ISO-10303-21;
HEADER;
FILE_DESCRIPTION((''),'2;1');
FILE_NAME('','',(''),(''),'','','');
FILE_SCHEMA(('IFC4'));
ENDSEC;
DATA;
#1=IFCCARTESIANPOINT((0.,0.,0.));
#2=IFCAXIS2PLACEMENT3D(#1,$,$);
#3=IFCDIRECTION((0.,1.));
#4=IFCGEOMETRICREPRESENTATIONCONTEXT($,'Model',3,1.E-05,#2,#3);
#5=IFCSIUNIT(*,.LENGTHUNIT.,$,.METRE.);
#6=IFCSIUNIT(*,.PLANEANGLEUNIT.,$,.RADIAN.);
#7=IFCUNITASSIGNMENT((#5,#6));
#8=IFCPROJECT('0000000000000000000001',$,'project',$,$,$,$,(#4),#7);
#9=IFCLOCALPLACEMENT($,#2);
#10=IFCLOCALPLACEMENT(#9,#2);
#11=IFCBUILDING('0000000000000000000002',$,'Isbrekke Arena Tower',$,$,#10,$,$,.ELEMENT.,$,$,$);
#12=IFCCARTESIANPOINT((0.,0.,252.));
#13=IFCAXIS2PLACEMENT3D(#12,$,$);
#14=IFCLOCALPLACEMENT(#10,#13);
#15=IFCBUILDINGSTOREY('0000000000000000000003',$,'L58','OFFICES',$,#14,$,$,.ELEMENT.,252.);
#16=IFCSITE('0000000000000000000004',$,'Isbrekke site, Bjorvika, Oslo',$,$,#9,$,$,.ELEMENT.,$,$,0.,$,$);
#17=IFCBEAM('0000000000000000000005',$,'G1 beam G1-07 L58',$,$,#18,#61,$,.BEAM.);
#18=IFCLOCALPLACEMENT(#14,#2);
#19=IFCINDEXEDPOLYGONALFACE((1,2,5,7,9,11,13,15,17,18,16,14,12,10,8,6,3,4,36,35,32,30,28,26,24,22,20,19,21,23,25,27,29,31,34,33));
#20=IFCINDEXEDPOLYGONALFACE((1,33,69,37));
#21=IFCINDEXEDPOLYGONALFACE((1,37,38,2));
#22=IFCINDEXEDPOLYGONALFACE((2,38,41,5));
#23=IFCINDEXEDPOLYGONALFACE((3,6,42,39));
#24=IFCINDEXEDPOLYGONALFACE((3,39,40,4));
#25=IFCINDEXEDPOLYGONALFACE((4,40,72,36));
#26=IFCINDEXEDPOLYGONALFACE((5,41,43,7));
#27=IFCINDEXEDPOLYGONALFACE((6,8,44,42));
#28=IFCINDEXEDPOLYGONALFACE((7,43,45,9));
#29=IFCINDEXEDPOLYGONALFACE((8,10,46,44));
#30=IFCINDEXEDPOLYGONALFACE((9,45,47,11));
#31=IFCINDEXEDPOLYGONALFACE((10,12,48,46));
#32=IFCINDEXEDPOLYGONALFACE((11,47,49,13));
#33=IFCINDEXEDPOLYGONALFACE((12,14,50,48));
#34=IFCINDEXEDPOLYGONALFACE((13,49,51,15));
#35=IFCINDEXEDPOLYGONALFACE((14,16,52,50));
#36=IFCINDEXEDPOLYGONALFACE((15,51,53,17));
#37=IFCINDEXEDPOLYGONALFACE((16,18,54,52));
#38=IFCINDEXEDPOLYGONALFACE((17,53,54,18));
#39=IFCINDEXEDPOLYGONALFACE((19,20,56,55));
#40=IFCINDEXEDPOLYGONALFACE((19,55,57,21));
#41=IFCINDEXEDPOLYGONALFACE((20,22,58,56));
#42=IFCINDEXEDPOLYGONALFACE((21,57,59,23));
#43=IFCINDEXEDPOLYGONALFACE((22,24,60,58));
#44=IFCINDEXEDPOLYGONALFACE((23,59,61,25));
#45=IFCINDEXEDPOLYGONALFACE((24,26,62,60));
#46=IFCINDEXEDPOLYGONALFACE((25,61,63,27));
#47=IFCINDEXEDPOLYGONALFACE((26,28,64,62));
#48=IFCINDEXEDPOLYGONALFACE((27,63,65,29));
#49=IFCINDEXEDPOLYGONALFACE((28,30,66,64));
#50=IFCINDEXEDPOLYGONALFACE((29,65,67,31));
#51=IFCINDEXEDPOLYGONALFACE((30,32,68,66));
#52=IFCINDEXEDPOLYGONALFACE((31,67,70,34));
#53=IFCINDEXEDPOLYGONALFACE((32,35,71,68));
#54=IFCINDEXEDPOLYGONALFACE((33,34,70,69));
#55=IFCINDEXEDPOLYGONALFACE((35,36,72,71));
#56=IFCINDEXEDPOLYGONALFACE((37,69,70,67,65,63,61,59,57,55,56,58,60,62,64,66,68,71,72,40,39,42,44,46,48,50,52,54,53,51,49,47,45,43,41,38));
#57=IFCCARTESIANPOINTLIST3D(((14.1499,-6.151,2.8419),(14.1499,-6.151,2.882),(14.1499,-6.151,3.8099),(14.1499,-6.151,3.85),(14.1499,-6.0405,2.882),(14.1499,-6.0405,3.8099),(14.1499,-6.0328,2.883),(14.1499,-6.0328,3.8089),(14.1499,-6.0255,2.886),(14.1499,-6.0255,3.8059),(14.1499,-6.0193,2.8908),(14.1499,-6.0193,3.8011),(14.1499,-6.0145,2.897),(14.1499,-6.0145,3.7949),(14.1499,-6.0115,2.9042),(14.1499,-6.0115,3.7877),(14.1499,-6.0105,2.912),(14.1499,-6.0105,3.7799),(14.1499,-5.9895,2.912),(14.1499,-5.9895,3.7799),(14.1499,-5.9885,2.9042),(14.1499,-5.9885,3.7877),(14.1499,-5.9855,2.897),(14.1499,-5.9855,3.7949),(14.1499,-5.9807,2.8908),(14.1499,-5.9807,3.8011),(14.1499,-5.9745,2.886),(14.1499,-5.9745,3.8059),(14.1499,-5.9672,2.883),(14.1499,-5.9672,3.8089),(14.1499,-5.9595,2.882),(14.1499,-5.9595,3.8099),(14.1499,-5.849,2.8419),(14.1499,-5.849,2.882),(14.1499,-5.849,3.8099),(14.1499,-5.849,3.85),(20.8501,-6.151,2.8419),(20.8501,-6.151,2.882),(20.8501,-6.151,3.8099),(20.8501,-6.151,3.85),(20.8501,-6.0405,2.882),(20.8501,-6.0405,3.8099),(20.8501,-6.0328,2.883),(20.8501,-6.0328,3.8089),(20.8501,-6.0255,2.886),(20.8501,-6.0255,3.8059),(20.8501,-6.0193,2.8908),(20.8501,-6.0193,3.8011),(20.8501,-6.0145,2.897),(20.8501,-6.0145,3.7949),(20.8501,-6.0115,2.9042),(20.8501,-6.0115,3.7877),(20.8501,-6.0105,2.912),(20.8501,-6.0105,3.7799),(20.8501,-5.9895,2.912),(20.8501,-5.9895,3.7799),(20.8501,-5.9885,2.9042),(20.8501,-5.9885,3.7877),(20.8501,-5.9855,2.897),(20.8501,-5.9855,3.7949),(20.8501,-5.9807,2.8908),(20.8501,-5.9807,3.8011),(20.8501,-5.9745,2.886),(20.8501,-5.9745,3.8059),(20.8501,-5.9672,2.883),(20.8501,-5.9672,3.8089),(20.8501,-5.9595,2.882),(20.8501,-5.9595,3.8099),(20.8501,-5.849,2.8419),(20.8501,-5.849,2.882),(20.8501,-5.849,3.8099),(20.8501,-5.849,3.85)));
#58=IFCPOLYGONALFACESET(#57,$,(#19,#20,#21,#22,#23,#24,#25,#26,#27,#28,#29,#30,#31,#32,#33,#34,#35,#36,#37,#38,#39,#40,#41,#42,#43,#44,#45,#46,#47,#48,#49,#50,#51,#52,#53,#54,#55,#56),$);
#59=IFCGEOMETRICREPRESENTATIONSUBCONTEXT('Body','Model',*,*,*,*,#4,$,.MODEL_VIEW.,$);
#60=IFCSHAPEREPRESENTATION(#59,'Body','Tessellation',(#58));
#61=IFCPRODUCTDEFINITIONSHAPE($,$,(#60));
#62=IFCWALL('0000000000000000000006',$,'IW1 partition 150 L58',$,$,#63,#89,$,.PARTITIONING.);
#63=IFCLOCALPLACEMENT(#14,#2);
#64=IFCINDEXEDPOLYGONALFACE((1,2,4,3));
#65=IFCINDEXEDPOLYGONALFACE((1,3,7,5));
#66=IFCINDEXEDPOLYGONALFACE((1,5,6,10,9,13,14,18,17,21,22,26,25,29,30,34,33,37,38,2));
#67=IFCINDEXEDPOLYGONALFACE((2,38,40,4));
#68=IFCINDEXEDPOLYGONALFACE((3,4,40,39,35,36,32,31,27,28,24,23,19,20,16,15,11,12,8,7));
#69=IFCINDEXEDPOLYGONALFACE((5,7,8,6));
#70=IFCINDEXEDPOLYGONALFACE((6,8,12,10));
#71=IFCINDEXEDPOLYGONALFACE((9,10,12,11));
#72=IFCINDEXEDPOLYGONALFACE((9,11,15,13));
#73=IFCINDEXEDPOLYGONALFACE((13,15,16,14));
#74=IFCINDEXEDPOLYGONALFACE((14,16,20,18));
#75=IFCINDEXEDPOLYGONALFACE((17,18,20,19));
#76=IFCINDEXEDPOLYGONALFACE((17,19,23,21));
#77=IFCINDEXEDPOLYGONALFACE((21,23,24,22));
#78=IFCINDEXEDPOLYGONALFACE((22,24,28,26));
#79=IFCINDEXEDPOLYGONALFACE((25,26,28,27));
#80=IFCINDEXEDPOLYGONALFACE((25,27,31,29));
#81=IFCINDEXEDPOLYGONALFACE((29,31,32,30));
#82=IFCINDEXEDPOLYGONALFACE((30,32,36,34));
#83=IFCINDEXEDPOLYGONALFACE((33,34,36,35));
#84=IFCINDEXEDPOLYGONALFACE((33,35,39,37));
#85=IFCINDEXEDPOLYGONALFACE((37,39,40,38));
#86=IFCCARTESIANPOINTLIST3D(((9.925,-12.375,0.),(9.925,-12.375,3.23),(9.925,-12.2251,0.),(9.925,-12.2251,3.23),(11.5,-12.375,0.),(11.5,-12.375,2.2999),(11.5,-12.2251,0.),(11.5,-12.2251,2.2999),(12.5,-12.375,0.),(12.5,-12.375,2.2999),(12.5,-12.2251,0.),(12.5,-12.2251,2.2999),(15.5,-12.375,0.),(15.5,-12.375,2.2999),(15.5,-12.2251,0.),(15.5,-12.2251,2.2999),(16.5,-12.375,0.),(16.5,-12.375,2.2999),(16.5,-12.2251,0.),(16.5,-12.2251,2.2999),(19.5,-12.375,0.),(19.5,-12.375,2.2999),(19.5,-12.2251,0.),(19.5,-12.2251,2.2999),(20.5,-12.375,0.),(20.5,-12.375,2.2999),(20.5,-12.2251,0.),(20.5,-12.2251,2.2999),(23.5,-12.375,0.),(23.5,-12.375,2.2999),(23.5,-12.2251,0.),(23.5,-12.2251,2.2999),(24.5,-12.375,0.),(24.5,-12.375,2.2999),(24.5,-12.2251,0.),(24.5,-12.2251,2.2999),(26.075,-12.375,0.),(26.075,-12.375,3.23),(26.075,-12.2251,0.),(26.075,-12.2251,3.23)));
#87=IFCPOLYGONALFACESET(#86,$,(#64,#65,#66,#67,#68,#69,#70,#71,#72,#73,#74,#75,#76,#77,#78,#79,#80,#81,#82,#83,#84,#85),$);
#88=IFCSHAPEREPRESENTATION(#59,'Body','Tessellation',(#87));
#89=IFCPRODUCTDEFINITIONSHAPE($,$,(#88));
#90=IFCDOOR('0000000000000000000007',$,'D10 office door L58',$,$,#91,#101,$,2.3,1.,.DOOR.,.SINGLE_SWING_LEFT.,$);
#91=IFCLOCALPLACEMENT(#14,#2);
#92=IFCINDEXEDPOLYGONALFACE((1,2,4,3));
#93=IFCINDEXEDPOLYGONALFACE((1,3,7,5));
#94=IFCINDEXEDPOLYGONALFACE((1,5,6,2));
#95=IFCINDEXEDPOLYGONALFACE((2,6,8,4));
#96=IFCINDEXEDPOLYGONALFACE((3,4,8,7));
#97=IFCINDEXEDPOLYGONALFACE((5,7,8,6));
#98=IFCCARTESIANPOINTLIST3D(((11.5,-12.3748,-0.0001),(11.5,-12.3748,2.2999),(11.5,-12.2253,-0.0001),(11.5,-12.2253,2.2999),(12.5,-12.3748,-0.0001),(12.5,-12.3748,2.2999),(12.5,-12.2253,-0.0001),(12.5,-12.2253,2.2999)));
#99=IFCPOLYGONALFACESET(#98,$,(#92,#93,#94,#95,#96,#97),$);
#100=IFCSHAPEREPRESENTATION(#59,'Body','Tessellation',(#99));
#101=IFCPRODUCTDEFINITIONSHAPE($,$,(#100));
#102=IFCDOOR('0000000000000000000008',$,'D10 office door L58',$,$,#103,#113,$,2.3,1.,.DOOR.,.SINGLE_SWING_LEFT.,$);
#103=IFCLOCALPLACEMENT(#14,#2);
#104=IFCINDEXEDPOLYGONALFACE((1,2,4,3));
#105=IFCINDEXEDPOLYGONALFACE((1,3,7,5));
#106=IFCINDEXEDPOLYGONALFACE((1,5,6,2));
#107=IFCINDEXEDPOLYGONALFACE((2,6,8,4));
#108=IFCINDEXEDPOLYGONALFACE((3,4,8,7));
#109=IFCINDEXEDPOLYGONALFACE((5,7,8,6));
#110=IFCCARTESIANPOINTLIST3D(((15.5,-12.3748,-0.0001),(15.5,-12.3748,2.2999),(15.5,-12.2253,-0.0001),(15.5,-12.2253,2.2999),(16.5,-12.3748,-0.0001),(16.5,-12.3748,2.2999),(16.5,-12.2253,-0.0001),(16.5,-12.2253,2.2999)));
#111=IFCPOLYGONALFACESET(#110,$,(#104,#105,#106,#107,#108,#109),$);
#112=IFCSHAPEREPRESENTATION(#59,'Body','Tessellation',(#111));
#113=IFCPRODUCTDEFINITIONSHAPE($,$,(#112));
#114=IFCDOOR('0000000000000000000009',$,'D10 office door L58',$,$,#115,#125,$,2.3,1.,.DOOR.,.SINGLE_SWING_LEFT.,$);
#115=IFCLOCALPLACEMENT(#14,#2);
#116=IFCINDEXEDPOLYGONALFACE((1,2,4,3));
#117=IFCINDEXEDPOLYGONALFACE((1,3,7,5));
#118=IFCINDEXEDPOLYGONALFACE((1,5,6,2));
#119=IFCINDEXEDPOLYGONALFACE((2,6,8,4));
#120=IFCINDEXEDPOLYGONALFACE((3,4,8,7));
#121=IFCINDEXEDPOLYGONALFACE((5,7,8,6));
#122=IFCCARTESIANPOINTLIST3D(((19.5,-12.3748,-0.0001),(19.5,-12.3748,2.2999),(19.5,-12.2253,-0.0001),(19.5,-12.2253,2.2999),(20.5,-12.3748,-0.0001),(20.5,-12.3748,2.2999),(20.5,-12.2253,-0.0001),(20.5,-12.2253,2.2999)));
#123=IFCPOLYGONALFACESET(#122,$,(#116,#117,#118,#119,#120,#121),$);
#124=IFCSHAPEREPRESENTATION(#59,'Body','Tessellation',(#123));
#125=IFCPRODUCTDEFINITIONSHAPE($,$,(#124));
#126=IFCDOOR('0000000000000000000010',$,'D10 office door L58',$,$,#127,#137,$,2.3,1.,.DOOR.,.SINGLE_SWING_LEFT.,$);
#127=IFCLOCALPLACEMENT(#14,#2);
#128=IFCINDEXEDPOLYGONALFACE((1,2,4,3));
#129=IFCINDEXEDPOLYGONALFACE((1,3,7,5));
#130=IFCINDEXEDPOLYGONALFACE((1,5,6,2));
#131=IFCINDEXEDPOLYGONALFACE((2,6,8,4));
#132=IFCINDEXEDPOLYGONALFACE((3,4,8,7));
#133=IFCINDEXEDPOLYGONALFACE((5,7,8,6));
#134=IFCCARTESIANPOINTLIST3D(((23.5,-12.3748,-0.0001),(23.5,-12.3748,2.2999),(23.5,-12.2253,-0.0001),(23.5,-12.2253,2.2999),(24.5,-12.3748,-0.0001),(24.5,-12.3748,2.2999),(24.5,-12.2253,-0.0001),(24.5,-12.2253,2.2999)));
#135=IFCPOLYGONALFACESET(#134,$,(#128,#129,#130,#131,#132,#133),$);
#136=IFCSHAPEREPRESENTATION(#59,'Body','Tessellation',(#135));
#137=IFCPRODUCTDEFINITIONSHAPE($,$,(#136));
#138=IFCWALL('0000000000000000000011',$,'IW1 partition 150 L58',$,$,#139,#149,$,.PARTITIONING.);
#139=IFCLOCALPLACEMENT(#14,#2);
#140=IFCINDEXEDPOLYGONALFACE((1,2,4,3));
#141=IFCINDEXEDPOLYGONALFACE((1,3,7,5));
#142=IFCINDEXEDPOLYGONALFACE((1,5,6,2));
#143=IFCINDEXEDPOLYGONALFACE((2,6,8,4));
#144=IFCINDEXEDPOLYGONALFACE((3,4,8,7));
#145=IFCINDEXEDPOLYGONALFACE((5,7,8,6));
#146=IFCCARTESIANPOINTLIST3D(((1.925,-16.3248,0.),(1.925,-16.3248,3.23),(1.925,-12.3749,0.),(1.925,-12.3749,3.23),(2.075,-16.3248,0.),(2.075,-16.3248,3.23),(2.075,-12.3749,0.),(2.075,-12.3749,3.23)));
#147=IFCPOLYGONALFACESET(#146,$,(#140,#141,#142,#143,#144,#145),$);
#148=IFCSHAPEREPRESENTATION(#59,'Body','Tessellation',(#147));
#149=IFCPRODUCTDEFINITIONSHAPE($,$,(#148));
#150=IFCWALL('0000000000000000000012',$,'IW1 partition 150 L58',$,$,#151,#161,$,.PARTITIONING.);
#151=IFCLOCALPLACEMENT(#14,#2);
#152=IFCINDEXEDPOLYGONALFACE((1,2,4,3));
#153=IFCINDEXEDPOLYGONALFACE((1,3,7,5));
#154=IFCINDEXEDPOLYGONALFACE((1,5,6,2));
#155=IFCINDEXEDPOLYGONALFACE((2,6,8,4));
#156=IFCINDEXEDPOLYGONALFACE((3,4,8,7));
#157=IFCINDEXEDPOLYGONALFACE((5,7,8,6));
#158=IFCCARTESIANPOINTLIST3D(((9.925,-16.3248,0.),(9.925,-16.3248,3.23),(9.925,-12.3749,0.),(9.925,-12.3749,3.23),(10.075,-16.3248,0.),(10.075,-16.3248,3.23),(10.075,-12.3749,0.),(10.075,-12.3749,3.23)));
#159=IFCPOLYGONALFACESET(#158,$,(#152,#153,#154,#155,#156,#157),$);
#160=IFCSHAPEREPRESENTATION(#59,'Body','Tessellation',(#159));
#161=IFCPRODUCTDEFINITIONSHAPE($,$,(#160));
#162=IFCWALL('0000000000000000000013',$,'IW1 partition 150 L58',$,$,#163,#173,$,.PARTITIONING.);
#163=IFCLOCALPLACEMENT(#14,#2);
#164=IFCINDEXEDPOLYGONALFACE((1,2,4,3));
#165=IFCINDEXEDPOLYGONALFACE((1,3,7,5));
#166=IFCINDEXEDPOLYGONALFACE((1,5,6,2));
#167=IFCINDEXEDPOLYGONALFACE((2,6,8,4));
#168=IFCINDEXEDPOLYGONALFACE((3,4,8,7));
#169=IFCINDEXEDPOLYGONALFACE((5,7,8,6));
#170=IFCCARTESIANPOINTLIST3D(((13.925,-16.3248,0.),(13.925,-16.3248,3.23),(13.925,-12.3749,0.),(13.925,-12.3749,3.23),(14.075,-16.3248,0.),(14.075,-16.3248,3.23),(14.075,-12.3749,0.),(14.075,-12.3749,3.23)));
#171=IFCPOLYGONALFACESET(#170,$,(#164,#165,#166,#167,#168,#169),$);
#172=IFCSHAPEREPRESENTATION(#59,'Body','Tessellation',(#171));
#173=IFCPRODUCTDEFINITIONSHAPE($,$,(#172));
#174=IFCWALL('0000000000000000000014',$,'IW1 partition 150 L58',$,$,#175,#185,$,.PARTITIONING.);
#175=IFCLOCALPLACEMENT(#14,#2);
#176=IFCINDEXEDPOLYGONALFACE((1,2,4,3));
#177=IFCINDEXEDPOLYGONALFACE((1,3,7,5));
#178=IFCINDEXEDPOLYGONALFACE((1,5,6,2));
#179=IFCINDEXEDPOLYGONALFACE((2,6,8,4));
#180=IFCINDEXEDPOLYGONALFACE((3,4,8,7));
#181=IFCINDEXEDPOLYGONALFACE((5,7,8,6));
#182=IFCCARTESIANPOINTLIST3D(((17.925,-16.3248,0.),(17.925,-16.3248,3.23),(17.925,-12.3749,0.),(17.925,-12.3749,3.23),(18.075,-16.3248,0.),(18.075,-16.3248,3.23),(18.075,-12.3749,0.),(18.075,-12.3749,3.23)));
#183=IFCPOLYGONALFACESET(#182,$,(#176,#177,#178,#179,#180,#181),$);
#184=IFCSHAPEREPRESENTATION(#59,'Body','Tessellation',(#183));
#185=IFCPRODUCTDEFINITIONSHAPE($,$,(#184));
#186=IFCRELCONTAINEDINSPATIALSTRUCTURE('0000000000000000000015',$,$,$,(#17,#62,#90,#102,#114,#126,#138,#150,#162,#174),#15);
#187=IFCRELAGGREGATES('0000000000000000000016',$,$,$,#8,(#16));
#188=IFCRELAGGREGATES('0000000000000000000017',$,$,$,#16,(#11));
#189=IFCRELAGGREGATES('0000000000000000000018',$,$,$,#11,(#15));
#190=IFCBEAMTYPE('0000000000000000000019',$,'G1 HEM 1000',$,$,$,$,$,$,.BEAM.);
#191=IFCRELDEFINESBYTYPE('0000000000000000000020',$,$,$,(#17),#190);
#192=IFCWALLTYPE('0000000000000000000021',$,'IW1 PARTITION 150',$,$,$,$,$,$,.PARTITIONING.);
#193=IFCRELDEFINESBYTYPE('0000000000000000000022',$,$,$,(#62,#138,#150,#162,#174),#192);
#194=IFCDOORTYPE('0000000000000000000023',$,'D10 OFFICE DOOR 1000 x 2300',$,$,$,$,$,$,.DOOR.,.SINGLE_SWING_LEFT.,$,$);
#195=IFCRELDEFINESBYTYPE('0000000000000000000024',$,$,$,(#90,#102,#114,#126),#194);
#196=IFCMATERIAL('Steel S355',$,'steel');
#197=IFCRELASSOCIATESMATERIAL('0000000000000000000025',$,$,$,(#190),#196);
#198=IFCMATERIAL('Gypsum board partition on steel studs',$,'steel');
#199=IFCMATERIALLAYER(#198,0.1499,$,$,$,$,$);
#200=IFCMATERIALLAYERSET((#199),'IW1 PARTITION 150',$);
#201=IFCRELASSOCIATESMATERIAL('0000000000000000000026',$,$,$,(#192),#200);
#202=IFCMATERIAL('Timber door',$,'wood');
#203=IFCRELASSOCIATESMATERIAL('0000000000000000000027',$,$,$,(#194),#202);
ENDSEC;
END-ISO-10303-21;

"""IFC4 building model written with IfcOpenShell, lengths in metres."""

from ifc_helpers import new_model, si_unit, direction, frame, frame_2d, origin, origin_2d, place, context, subcontext, project, spatial, rectangle, i_section, extrude, material, layer, layer_set, material_profile, profile_set, type_object, element, fill, save


model = new_model("IFC4")

# Units and contexts
model_context = context("Model", 3, precision=1e-05, world=origin(), true_north=direction((0.0, 1.0)))
body_context = subcontext(model_context, "Body", "Model", "MODEL_VIEW")
ifc_project = project(units=[si_unit("LENGTHUNIT", "METRE"), si_unit("PLANEANGLEUNIT", "RADIAN")], contexts=[model_context])

# Site, building, storey
site_placement = place(None, origin())
site = spatial("IfcSite", under=ifc_project, at=site_placement, Name="Isbrekke site, Bjorvika, Oslo", CompositionType="ELEMENT", RefElevation=0.0)
building_placement = place(site_placement, origin())
building = spatial("IfcBuilding", under=site, at=building_placement, Name="Isbrekke Arena Tower", CompositionType="ELEMENT")
storey_placement = place(building_placement, frame((0.0, 0.0, 252.0)))
storey = spatial("IfcBuildingStorey", under=building, at=storey_placement, Name="L58", Description="OFFICES", CompositionType="ELEMENT", Elevation=252.0)

# Beam
ifc_material_1 = material(Name="Steel S355", Category="steel")
ifc_material_profile_1 = material_profile(ifc_material_1, i_section(OverallWidth=0.302, OverallDepth=1.0081, WebThickness=0.021, FlangeThickness=0.04, FilletRadius=0.03, at=origin_2d()), Name="HEM 1000")
ifc_profile_set_1 = profile_set([ifc_material_profile_1], Name="Steel S355")
beam_type_1 = type_object("IfcBeamType", Name="G1 HEM 1000", PredefinedType="BEAM", material=ifc_profile_set_1)
for number, where, z_axis, x_axis, name in (
    (1, (14.1499, -6.0, 3.3459), (1.0, 0.0, 0.0), (0.0, 1.0, 0.0), "G1 beam G1-07 L58"),
):
    element("IfcBeam", number, at=place(storey_placement, frame(where, z_axis=z_axis, x_axis=x_axis)), inside=storey, type_object=beam_type_1, Name=name, PredefinedType="BEAM", context=body_context, shape_type="SweptSolid", body=[
        extrude(i_section(OverallWidth=0.302, OverallDepth=1.0081, WebThickness=0.021, FlangeThickness=0.04, FilletRadius=0.03, at=origin_2d()), origin(), (0.0, 0.0, 1.0), 6.7002),
    ])

# Wall, openings, doors
ifc_material_2 = material(Name="Gypsum board partition on steel studs", Category="steel")
ifc_layer_1 = layer(ifc_material_2, 0.1499)
ifc_layer_set_1 = layer_set([ifc_layer_1], Name="IW1 PARTITION 150")
wall_type_1 = type_object("IfcWallType", Name="IW1 PARTITION 150", PredefinedType="PARTITIONING", material=ifc_layer_set_1)
wall_1_placement = place(storey_placement, frame((9.925, -12.3, 0.0), z_axis=(0.0, 0.0, 1.0), x_axis=(1.0, 0.0, 0.0)))
wall_1 = element("IfcWall", 2, at=wall_1_placement, inside=storey, type_object=wall_type_1, Name="IW1 partition 150 L58", PredefinedType="PARTITIONING", context=body_context, shape_type="SweptSolid", body=[
    extrude(rectangle(XDim=16.1499, YDim=0.1499, at=frame_2d((8.075, 0.0))), origin(), (0.0, 0.0, 1.0), 3.23),
])
opening_1_placement = place(wall_1_placement, frame((1.575, 0.0, 0.0)))
opening_1 = element("IfcOpeningElement", 3, at=opening_1_placement, cuts=wall_1, PredefinedType="OPENING", context=body_context, shape_type="SweptSolid", body=[
    extrude(rectangle(XDim=1.0, YDim=2.3, at=frame_2d((0.5, 1.1499))), frame((0.0, 0.0898, 0.0), z_axis=(0.0, -1.0, 0.0), x_axis=(1.0, 0.0, 0.0)), (0.0, 0.0, 1.0), 0.1797),
])
opening_2_placement = place(wall_1_placement, frame((5.575, 0.0, 0.0)))
opening_2 = element("IfcOpeningElement", 4, at=opening_2_placement, cuts=wall_1, PredefinedType="OPENING", context=body_context, shape_type="SweptSolid", body=[
    extrude(rectangle(XDim=1.0, YDim=2.3, at=frame_2d((0.5, 1.1499))), frame((0.0, 0.0898, 0.0), z_axis=(0.0, -1.0, 0.0), x_axis=(1.0, 0.0, 0.0)), (0.0, 0.0, 1.0), 0.1797),
])
opening_3_placement = place(wall_1_placement, frame((9.575, 0.0, 0.0)))
opening_3 = element("IfcOpeningElement", 5, at=opening_3_placement, cuts=wall_1, PredefinedType="OPENING", context=body_context, shape_type="SweptSolid", body=[
    extrude(rectangle(XDim=1.0, YDim=2.3, at=frame_2d((0.5, 1.1499))), frame((0.0, 0.0898, 0.0), z_axis=(0.0, -1.0, 0.0), x_axis=(1.0, 0.0, 0.0)), (0.0, 0.0, 1.0), 0.1797),
])
opening_4_placement = place(wall_1_placement, frame((13.575, 0.0, 0.0)))
opening_4 = element("IfcOpeningElement", 6, at=opening_4_placement, cuts=wall_1, PredefinedType="OPENING", context=body_context, shape_type="SweptSolid", body=[
    extrude(rectangle(XDim=1.0, YDim=2.3, at=frame_2d((0.5, 1.1499))), frame((0.0, 0.0898, 0.0), z_axis=(0.0, -1.0, 0.0), x_axis=(1.0, 0.0, 0.0)), (0.0, 0.0, 1.0), 0.1797),
])
ifc_material_3 = material(Name="Timber door", Category="wood")
door_type_1 = type_object("IfcDoorType", Name="D10 OFFICE DOOR 1000 x 2300", OperationType="SINGLE_SWING_LEFT", PredefinedType="DOOR", material=ifc_material_3)
door_1_placement = place(opening_1_placement, origin())
door_1 = element("IfcDoor", 7, at=door_1_placement, inside=storey, type_object=door_type_1, Name="D10 office door L58", OperationType="SINGLE_SWING_LEFT", OverallHeight=2.3, OverallWidth=1.0, PredefinedType="DOOR", context=body_context, shape_type="SweptSolid", body=[
    extrude(rectangle(XDim=1.0, YDim=2.3, at=frame_2d((0.5, 1.1499))), frame((0.0, 0.0747, 0.0), z_axis=(0.0, -1.0, 0.0), x_axis=(1.0, 0.0, 0.0)), (0.0, 0.0, 1.0), 0.1494),
])
fill(opening_1, door_1)
door_2_placement = place(opening_2_placement, origin())
door_2 = element("IfcDoor", 8, at=door_2_placement, inside=storey, type_object=door_type_1, Name="D10 office door L58", OperationType="SINGLE_SWING_LEFT", OverallHeight=2.3, OverallWidth=1.0, PredefinedType="DOOR", context=body_context, shape_type="SweptSolid", body=[
    extrude(rectangle(XDim=1.0, YDim=2.3, at=frame_2d((0.5, 1.1499))), frame((0.0, 0.0747, 0.0), z_axis=(0.0, -1.0, 0.0), x_axis=(1.0, 0.0, 0.0)), (0.0, 0.0, 1.0), 0.1494),
])
fill(opening_2, door_2)
door_3_placement = place(opening_3_placement, origin())
door_3 = element("IfcDoor", 9, at=door_3_placement, inside=storey, type_object=door_type_1, Name="D10 office door L58", OperationType="SINGLE_SWING_LEFT", OverallHeight=2.3, OverallWidth=1.0, PredefinedType="DOOR", context=body_context, shape_type="SweptSolid", body=[
    extrude(rectangle(XDim=1.0, YDim=2.3, at=frame_2d((0.5, 1.1499))), frame((0.0, 0.0747, 0.0), z_axis=(0.0, -1.0, 0.0), x_axis=(1.0, 0.0, 0.0)), (0.0, 0.0, 1.0), 0.1494),
])
fill(opening_3, door_3)
door_4_placement = place(opening_4_placement, origin())
door_4 = element("IfcDoor", 10, at=door_4_placement, inside=storey, type_object=door_type_1, Name="D10 office door L58", OperationType="SINGLE_SWING_LEFT", OverallHeight=2.3, OverallWidth=1.0, PredefinedType="DOOR", context=body_context, shape_type="SweptSolid", body=[
    extrude(rectangle(XDim=1.0, YDim=2.3, at=frame_2d((0.5, 1.1499))), frame((0.0, 0.0747, 0.0), z_axis=(0.0, -1.0, 0.0), x_axis=(1.0, 0.0, 0.0)), (0.0, 0.0, 1.0), 0.1494),
])
fill(opening_4, door_4)

# Walls
for number, where, z_axis, x_axis, name in (
    (11, (2.0, -16.325, 0.0), (0.0, 0.0, 1.0), (0.0, 1.0, 0.0), "IW1 partition 150 L58"),
    (12, (10.0, -16.325, 0.0), (0.0, 0.0, 1.0), (0.0, 1.0, 0.0), "IW1 partition 150 L58"),
    (13, (14.0, -16.325, 0.0), (0.0, 0.0, 1.0), (0.0, 1.0, 0.0), "IW1 partition 150 L58"),
    (14, (18.0, -16.325, 0.0), (0.0, 0.0, 1.0), (0.0, 1.0, 0.0), "IW1 partition 150 L58"),
):
    element("IfcWall", number, at=place(storey_placement, frame(where, z_axis=z_axis, x_axis=x_axis)), inside=storey, type_object=wall_type_1, Name=name, PredefinedType="PARTITIONING", context=body_context, shape_type="SweptSolid", body=[
        extrude(rectangle(XDim=3.95, YDim=0.1499, at=frame_2d((1.9751, 0.0))), origin(), (0.0, 0.0, 1.0), 3.23),
    ])

save(model, "model.ifc")
